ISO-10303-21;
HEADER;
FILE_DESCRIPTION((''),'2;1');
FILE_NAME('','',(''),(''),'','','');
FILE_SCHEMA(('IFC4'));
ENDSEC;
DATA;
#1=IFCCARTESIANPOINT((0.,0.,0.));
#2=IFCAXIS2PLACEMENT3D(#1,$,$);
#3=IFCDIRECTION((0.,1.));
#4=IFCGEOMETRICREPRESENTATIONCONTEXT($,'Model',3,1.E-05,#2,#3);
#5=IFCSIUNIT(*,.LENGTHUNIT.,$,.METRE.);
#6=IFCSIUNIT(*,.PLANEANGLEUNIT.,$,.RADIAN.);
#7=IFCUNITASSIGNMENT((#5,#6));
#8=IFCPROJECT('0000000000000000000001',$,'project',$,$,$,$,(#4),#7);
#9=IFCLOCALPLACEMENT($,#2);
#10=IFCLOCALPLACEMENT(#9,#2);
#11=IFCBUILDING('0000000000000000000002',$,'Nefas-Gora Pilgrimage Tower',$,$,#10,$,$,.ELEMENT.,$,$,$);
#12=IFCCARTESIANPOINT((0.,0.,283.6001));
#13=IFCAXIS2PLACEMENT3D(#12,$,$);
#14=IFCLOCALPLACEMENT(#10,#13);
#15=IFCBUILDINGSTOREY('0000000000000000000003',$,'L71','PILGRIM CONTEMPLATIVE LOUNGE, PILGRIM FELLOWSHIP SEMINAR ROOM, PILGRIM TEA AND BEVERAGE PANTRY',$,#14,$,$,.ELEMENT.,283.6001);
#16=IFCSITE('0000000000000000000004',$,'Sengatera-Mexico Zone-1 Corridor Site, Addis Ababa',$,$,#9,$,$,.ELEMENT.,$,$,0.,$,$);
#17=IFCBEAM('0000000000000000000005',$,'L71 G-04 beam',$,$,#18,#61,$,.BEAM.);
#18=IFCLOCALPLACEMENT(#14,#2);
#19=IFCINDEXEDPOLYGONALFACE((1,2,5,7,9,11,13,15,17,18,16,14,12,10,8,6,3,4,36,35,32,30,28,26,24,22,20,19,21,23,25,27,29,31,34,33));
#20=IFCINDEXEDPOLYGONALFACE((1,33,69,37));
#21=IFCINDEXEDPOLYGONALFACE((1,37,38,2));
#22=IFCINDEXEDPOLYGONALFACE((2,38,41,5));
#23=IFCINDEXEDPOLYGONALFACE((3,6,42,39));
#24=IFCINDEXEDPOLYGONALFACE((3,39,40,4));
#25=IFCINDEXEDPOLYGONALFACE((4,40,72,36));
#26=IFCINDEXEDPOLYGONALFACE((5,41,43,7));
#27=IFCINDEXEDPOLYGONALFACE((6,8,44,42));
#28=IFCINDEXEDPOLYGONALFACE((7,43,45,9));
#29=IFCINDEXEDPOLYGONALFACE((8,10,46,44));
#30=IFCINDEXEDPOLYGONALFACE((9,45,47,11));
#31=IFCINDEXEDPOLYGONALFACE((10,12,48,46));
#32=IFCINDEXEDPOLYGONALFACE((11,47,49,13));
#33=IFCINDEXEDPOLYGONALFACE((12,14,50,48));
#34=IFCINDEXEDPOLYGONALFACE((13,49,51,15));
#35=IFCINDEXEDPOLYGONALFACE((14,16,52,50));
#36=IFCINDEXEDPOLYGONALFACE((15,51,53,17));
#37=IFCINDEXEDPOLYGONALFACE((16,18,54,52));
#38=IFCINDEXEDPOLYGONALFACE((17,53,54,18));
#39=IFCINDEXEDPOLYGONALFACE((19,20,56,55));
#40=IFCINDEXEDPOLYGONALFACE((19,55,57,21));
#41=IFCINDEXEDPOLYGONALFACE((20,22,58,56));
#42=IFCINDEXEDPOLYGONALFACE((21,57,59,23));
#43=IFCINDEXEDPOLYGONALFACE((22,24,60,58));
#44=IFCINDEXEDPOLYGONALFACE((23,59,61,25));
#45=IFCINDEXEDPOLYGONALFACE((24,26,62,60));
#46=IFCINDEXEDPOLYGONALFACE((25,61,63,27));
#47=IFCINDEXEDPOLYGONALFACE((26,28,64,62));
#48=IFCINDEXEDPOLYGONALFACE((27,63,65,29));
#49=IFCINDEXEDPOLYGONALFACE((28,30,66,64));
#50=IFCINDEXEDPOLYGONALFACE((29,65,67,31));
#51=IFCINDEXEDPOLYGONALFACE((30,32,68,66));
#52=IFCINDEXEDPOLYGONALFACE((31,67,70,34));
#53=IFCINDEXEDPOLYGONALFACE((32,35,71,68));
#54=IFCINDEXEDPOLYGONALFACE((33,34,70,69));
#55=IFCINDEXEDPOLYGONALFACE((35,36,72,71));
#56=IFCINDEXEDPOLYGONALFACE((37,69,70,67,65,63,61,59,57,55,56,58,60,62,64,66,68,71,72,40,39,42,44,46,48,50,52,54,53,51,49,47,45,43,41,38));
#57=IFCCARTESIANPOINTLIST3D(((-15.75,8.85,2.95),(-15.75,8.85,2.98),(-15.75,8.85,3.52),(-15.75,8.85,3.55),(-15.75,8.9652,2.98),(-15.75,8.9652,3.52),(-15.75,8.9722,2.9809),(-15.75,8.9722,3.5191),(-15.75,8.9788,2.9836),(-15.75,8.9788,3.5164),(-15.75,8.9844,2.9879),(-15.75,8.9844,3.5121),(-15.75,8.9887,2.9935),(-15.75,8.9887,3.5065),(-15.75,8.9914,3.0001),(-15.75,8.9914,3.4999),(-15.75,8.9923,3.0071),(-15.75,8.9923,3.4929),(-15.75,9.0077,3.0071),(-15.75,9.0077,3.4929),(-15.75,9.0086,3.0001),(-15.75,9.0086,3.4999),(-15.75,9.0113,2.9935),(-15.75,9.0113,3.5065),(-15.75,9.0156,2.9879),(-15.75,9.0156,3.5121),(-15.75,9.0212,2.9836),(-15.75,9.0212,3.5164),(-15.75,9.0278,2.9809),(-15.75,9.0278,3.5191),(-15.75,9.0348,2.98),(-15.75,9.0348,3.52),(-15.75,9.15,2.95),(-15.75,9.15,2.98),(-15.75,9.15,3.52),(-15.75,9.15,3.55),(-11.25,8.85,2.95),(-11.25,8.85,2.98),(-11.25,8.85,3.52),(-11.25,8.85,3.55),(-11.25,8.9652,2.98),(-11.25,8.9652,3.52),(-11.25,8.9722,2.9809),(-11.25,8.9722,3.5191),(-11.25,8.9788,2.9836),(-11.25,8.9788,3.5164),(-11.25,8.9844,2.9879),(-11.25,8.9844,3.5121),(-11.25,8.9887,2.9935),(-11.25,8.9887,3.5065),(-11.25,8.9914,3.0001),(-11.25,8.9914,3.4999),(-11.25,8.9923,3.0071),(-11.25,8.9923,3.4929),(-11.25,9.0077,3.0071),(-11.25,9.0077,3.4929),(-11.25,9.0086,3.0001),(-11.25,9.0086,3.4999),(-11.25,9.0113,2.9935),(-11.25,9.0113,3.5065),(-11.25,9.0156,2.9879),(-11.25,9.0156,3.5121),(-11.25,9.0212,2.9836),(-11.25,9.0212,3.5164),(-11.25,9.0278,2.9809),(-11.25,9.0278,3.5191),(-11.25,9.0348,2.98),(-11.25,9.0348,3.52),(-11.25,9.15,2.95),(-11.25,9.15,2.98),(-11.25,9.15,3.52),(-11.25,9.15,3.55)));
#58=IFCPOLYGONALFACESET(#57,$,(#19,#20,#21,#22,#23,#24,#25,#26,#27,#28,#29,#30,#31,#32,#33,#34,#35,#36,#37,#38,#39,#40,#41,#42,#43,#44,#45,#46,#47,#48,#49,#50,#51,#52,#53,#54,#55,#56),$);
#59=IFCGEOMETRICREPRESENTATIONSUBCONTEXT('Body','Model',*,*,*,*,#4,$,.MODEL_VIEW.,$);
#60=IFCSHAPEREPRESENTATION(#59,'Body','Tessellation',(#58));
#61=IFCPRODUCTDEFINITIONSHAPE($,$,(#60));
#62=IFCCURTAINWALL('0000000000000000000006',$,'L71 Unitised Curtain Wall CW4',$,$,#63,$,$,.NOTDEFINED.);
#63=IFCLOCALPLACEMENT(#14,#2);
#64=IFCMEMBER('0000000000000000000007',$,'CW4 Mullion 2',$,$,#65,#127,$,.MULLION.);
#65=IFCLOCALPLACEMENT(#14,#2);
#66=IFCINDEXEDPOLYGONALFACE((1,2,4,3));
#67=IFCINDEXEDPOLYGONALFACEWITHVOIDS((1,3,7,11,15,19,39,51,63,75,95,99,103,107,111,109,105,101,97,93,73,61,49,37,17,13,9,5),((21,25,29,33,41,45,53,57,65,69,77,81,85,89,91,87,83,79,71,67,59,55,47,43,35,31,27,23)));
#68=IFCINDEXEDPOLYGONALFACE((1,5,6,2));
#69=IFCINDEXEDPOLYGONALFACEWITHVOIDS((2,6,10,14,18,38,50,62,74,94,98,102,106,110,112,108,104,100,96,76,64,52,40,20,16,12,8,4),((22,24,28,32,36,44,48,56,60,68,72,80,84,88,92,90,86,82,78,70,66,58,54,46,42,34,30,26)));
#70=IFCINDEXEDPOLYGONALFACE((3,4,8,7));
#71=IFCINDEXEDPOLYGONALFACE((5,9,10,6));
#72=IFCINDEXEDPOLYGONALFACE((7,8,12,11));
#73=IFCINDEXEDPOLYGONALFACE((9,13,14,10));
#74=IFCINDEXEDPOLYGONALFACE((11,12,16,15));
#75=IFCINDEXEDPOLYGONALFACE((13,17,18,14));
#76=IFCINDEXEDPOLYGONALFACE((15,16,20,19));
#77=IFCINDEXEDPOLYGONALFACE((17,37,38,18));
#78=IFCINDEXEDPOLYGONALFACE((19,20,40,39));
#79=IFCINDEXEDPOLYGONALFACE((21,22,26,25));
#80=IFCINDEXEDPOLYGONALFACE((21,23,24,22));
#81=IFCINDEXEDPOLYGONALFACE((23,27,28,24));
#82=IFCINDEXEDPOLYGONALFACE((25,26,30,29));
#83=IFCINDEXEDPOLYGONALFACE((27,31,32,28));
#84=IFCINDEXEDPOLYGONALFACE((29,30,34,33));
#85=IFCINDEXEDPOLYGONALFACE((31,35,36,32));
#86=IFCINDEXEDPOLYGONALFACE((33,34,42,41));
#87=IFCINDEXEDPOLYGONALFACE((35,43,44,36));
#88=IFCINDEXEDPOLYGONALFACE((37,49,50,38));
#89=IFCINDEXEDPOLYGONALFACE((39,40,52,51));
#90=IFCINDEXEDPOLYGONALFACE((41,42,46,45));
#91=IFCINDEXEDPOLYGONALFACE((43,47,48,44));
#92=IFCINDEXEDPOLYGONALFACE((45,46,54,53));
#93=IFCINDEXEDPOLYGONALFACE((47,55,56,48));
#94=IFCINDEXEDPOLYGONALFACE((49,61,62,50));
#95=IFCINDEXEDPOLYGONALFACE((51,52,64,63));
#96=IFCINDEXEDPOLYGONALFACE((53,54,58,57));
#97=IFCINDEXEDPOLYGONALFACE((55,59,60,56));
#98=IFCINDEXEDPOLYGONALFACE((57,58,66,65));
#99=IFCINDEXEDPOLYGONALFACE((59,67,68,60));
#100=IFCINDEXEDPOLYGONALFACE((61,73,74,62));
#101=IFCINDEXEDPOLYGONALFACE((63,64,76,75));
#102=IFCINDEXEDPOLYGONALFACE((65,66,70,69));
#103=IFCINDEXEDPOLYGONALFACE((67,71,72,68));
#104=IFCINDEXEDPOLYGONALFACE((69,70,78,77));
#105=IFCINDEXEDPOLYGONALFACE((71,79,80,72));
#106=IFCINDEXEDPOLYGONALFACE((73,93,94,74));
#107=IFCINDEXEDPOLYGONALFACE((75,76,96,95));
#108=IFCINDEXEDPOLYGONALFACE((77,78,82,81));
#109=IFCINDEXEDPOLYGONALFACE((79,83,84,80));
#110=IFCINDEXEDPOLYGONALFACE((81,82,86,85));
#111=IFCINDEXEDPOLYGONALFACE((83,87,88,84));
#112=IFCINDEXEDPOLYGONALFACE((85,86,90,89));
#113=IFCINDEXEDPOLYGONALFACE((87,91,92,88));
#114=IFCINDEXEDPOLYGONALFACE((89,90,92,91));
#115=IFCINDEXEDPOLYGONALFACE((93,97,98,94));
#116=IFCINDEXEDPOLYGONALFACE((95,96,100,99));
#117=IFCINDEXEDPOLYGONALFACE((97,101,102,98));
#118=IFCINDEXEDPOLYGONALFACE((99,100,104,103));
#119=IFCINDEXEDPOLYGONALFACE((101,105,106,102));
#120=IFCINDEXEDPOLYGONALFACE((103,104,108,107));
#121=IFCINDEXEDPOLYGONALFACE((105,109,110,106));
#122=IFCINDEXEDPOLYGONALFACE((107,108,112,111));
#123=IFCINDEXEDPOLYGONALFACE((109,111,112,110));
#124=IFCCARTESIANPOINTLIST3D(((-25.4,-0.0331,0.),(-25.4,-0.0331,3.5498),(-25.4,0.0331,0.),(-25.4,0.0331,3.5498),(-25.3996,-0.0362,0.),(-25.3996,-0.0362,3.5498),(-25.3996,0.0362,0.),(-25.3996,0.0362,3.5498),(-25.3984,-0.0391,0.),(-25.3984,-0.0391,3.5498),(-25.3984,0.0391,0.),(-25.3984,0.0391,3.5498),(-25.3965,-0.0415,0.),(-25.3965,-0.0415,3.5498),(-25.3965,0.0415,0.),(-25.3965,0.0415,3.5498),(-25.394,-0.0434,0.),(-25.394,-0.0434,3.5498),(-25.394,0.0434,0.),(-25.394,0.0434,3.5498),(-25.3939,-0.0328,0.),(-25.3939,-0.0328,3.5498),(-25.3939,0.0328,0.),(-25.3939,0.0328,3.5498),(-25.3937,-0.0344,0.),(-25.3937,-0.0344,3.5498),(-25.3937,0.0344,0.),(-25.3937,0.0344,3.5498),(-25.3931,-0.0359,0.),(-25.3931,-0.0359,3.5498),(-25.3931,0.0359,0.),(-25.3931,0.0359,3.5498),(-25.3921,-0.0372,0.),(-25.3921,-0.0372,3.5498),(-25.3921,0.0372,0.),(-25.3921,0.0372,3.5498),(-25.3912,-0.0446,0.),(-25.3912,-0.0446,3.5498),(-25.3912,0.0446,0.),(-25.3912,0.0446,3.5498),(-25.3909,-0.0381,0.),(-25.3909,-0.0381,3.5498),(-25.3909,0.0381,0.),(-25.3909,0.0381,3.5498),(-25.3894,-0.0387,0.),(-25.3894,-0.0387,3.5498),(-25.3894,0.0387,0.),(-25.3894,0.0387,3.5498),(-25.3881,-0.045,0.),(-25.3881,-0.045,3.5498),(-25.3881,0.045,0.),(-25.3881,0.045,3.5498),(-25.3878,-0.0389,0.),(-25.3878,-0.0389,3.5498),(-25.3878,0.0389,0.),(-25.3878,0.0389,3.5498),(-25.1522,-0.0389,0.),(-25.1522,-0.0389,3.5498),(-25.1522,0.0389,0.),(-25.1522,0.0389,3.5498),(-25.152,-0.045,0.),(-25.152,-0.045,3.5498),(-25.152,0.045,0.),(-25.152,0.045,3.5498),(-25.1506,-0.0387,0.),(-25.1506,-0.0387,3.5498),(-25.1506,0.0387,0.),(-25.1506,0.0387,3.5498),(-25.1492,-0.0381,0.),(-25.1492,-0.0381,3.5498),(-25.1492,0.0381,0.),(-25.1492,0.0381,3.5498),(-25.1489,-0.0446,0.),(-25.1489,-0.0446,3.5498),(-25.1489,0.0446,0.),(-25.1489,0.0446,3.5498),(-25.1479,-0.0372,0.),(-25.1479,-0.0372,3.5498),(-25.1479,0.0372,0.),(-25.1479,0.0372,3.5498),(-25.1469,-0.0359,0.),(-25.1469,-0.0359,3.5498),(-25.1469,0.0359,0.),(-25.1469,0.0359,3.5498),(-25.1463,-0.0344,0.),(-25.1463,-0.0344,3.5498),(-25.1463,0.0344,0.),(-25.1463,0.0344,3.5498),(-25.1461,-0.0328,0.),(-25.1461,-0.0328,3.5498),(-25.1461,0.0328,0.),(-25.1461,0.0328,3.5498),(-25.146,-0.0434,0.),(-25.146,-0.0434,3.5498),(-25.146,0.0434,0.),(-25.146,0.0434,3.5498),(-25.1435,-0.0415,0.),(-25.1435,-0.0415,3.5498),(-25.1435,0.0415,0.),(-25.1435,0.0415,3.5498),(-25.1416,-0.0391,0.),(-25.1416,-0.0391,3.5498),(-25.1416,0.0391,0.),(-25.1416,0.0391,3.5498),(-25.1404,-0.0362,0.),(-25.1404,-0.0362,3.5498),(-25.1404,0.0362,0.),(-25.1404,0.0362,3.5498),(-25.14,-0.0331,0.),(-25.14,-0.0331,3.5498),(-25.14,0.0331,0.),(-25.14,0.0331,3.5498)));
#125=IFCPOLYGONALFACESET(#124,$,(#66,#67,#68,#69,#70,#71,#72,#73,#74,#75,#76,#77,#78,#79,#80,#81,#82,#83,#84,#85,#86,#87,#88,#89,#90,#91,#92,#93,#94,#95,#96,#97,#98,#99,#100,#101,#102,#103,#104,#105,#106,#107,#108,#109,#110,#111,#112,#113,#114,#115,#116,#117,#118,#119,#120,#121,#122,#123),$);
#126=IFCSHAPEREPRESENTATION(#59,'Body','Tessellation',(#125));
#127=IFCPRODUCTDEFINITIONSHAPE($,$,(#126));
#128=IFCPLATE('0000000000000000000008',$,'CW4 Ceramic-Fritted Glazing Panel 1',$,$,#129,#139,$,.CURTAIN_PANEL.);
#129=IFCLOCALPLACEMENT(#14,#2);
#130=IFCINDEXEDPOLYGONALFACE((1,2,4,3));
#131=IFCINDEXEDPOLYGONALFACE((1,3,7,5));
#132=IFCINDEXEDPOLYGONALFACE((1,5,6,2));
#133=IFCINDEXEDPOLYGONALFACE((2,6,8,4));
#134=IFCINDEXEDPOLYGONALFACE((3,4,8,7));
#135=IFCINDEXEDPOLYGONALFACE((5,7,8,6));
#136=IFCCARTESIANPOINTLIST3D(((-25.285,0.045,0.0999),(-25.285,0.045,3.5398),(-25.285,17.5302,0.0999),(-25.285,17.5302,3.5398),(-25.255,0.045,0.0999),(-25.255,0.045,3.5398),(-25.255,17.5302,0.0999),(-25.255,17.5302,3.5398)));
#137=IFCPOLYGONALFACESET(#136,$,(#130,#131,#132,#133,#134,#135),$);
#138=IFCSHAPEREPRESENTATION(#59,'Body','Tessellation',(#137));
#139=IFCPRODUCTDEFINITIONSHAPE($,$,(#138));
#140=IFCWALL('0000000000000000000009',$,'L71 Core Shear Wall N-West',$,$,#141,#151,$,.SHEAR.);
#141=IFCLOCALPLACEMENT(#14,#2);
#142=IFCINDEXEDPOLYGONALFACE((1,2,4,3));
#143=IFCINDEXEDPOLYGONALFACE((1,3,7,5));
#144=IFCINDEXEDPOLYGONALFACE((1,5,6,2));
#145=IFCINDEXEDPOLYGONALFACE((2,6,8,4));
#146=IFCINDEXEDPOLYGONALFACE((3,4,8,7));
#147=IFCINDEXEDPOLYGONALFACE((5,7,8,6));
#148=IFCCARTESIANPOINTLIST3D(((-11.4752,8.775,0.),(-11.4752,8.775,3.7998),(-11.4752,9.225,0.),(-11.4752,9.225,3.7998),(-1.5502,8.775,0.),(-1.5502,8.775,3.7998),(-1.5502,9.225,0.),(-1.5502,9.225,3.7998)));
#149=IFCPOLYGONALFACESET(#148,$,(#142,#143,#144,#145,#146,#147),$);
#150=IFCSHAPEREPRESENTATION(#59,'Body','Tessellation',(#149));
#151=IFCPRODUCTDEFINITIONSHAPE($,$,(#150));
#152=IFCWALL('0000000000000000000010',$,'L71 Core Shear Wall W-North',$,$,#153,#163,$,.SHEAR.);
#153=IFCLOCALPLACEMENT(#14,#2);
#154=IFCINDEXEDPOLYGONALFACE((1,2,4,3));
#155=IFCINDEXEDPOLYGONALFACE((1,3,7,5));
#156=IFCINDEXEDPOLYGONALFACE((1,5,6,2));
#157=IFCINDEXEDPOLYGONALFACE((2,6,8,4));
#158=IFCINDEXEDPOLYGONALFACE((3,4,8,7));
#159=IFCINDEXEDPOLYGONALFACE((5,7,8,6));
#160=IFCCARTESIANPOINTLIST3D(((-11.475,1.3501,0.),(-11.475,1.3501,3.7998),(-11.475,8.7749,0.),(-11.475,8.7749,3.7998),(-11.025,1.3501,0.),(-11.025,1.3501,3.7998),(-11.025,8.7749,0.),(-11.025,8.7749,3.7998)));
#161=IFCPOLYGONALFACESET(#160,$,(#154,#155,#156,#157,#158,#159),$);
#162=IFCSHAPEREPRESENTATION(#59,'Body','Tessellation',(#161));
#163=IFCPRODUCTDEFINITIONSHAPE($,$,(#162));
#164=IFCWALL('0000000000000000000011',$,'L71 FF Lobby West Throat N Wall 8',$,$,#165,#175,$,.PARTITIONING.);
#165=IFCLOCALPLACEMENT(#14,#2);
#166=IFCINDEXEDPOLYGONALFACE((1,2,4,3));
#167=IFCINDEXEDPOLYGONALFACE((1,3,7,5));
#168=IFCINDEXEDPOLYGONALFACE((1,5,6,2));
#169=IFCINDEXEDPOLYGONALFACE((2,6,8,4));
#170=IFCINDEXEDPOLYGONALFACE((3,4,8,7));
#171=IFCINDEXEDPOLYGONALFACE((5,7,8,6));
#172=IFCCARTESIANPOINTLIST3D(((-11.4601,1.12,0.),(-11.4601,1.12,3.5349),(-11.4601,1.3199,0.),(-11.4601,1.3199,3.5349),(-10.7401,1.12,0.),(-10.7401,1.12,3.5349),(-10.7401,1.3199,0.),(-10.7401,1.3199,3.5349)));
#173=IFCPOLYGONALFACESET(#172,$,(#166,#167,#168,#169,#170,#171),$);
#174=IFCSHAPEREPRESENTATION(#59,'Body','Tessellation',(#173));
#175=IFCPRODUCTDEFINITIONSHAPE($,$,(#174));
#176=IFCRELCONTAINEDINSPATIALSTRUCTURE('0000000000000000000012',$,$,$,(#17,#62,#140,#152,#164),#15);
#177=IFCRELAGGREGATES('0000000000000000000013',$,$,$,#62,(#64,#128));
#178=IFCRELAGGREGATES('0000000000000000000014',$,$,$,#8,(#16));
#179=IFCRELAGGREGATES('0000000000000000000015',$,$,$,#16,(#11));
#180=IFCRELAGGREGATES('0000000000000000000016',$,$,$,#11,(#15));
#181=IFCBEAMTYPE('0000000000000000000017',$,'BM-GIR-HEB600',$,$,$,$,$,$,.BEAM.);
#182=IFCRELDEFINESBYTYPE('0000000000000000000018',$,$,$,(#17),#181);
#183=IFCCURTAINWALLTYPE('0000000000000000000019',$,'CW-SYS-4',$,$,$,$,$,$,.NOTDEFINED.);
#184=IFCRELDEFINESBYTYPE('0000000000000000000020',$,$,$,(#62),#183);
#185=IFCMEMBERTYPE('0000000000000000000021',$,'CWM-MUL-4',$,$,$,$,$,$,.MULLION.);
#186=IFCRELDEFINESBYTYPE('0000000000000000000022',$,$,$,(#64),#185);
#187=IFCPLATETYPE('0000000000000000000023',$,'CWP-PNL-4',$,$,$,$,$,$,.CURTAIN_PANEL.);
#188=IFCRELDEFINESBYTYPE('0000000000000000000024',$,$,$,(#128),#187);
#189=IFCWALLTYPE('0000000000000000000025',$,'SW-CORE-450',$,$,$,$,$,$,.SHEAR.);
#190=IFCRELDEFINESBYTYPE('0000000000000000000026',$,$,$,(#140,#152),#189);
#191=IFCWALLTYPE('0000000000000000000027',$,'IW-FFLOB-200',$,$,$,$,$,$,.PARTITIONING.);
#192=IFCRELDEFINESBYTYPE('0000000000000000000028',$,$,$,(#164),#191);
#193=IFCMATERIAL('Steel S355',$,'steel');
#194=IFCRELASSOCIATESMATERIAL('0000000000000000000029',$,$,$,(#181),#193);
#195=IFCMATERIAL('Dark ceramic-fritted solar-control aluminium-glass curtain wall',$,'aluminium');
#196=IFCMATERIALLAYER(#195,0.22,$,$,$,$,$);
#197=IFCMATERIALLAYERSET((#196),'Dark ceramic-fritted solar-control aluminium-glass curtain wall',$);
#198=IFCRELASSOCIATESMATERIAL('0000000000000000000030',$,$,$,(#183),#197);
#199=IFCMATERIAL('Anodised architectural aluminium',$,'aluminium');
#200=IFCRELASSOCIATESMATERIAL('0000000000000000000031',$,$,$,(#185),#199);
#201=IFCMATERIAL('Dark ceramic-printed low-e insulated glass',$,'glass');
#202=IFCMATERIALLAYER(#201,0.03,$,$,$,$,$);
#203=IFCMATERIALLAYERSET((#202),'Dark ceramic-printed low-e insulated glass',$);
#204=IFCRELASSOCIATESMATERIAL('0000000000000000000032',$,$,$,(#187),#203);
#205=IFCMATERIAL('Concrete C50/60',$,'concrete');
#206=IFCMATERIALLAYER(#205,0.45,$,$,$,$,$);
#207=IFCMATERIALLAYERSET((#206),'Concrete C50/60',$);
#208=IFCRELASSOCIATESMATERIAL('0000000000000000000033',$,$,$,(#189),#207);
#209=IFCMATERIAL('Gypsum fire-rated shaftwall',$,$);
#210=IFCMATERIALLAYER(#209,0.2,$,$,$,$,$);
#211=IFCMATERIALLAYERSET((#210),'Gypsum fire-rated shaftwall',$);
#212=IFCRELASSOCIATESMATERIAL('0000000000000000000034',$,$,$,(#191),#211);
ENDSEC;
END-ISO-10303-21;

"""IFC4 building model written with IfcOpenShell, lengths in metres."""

from ifc_helpers import new_model, si_unit, direction, frame, frame_2d, origin, origin_2d, place, context, subcontext, project, spatial, rectangle, hollow_rectangle, i_section, extrude, source, transform, mapped, material, layer, layer_set, material_profile, profile_set, type_object, element, aggregate, save


model = new_model("IFC4")

# Units and contexts
model_context = context("Model", 3, precision=1e-05, world=origin(), true_north=direction((0.0, 1.0)))
body_context = subcontext(model_context, "Body", "Model", "MODEL_VIEW")
ifc_project = project(units=[si_unit("LENGTHUNIT", "METRE"), si_unit("PLANEANGLEUNIT", "RADIAN")], contexts=[model_context])

# Site, building, storey
site_placement = place(None, origin())
site = spatial("IfcSite", under=ifc_project, at=site_placement, Name="Sengatera-Mexico Zone-1 Corridor Site, Addis Ababa", CompositionType="ELEMENT", RefElevation=0.0)
building_placement = place(site_placement, origin())
building = spatial("IfcBuilding", under=site, at=building_placement, Name="Nefas-Gora Pilgrimage Tower", CompositionType="ELEMENT")
storey_placement = place(building_placement, frame((0.0, 0.0, 283.6001)))
storey = spatial("IfcBuildingStorey", under=building, at=storey_placement, Name="L71", Description="PILGRIM CONTEMPLATIVE LOUNGE, PILGRIM FELLOWSHIP SEMINAR ROOM, PILGRIM TEA AND BEVERAGE PANTRY", CompositionType="ELEMENT", Elevation=283.6001)

# Shared definitions
ifc_material_1 = material(Name="Steel S355", Category="steel")

# Beam
ifc_material_profile_1 = material_profile(ifc_material_1, i_section(OverallWidth=0.3, OverallDepth=0.6001, WebThickness=0.0154, FlangeThickness=0.03, FilletRadius=0.0271, at=origin_2d()), Name="HEB 600")
ifc_profile_set_1 = profile_set([ifc_material_profile_1], Name="Steel S355")
beam_type_1 = type_object("IfcBeamType", Name="BM-GIR-HEB600", PredefinedType="BEAM", material=ifc_profile_set_1)
shared_shape_1 = source(origin(), body_context, "Body", "SweptSolid", [
    extrude(i_section(OverallWidth=0.3, OverallDepth=0.6001, WebThickness=0.0154, FlangeThickness=0.03, FilletRadius=0.0271, at=origin_2d()), origin(), (0.0, 0.0, 1.0), 4.5),
])
for number, where, z_axis, x_axis, name in (
    (1, (-15.75, 9.0, 3.25), (1.0, 0.0, 0.0), (0.0, 1.0, 0.0), "L71 G-04 beam"),
):
    element("IfcBeam", number, at=place(storey_placement, frame(where, z_axis=z_axis, x_axis=x_axis)), inside=storey, type_object=beam_type_1, Name=name, PredefinedType="BEAM", context=body_context, shape_type="MappedRepresentation", body=[
        mapped(shared_shape_1, transform((0.0, 0.0, 0.0), x_axis=(1.0, 0.0, 0.0), y_axis=(0.0, 1.0, 0.0), z_axis=(0.0, 0.0, 1.0), scale=1.0)),
    ])

# Curtain wall, member, plate
ifc_material_2 = material(Name="Dark ceramic-fritted solar-control aluminium-glass curtain wall", Category="aluminium")
ifc_layer_1 = layer(ifc_material_2, 0.22)
ifc_layer_set_1 = layer_set([ifc_layer_1], Name="Dark ceramic-fritted solar-control aluminium-glass curtain wall")
curtain_wall_type = type_object("IfcCurtainWallType", Name="CW-SYS-4", PredefinedType="NOTDEFINED", material=ifc_layer_set_1)
curtain_wall_placement = place(storey_placement, origin())
curtain_wall = element("IfcCurtainWall", 2, at=curtain_wall_placement, inside=storey, type_object=curtain_wall_type, Name="L71 Unitised Curtain Wall CW4", PredefinedType="NOTDEFINED")
ifc_material_3 = material(Name="Anodised architectural aluminium", Category="aluminium")
ifc_material_profile_2 = material_profile(ifc_material_3, hollow_rectangle(XDim=0.0901, YDim=0.26, WallThickness=0.0061, InnerFilletRadius=0.0061, OuterFilletRadius=0.012, at=origin_2d()), Name="ALU MULLION 90x260")
ifc_profile_set_2 = profile_set([ifc_material_profile_2], Name="Anodised architectural aluminium")
member_type = type_object("IfcMemberType", Name="CWM-MUL-4", PredefinedType="MULLION", material=ifc_profile_set_2)
shared_shape_2 = source(origin(), body_context, "Body", "SweptSolid", [
    extrude(hollow_rectangle(XDim=0.0901, YDim=0.26, WallThickness=0.0061, InnerFilletRadius=0.0061, OuterFilletRadius=0.012, at=origin_2d()), origin(), (0.0, 0.0, 1.0), 3.5498),
])
member_placement = place(storey_placement, frame((-25.27, 0.0, 0.0), z_axis=(0.0, 0.0, 1.0), x_axis=(0.0, -1.0, 0.0)))
member = element("IfcMember", 3, at=member_placement, type_object=member_type, Name="CW4 Mullion 2", PredefinedType="MULLION", context=body_context, shape_type="MappedRepresentation", body=[
    mapped(shared_shape_2, transform((0.0, 0.0, 0.0), x_axis=(1.0, 0.0, 0.0), y_axis=(0.0, 1.0, 0.0), z_axis=(0.0, 0.0, 1.0), scale=1.0)),
])
ifc_material_4 = material(Name="Dark ceramic-printed low-e insulated glass", Category="glass")
ifc_layer_2 = layer(ifc_material_4, 0.03)
ifc_layer_set_2 = layer_set([ifc_layer_2], Name="Dark ceramic-printed low-e insulated glass")
plate_type = type_object("IfcPlateType", Name="CWP-PNL-4", PredefinedType="CURTAIN_PANEL", material=ifc_layer_set_2)
shared_shape_3 = source(origin(), body_context, "Body", "SweptSolid", [
    extrude(rectangle(XDim=17.4851, YDim=0.03, at=origin_2d()), origin(), (0.0, 0.0, 1.0), 3.4399),
])
plate_placement = place(storey_placement, frame((-25.27, 8.7876, 0.0999), z_axis=(0.0, 0.0, 1.0), x_axis=(0.0, -1.0, 0.0)))
plate = element("IfcPlate", 4, at=plate_placement, type_object=plate_type, Name="CW4 Ceramic-Fritted Glazing Panel 1", PredefinedType="CURTAIN_PANEL", context=body_context, shape_type="MappedRepresentation", body=[
    mapped(shared_shape_3, transform((0.0, 0.0, 0.0), x_axis=(1.0, 0.0, 0.0), y_axis=(0.0, 1.0, 0.0), z_axis=(0.0, 0.0, 1.0), scale=1.0)),
])
aggregate(curtain_wall, [member, plate])

# Walls
ifc_material_5 = material(Name="Concrete C50/60", Category="concrete")
ifc_layer_3 = layer(ifc_material_5, 0.45)
ifc_layer_set_3 = layer_set([ifc_layer_3], Name="Concrete C50/60")
wall_type_1 = type_object("IfcWallType", Name="SW-CORE-450", PredefinedType="SHEAR", material=ifc_layer_set_3)
shared_shape_4 = source(origin(), body_context, "Body", "SweptSolid", [
    extrude(rectangle(XDim=9.925, YDim=0.45, at=frame_2d((4.9624, 0.0))), origin(), (0.0, 0.0, 1.0), 3.7998),
])
wall_1_placement = place(storey_placement, frame((-11.4751, 9.0, 0.0), z_axis=(0.0, 0.0, 1.0), x_axis=(1.0, 0.0, 0.0)))
element("IfcWall", 5, at=wall_1_placement, inside=storey, type_object=wall_type_1, Name="L71 Core Shear Wall N-West", PredefinedType="SHEAR", context=body_context, shape_type="MappedRepresentation", body=[
    mapped(shared_shape_4, transform((0.0, 0.0, 0.0), x_axis=(1.0, 0.0, 0.0), y_axis=(0.0, 1.0, 0.0), z_axis=(0.0, 0.0, 1.0), scale=1.0)),
])
shared_shape_5 = source(origin(), body_context, "Body", "SweptSolid", [
    extrude(rectangle(XDim=7.4248, YDim=0.45, at=frame_2d((3.7124, 0.0))), origin(), (0.0, 0.0, 1.0), 3.7998),
])
wall_2_placement = place(storey_placement, frame((-11.25, 1.3501, 0.0), z_axis=(0.0, 0.0, 1.0), x_axis=(0.0, 1.0, 0.0)))
element("IfcWall", 6, at=wall_2_placement, inside=storey, type_object=wall_type_1, Name="L71 Core Shear Wall W-North", PredefinedType="SHEAR", context=body_context, shape_type="MappedRepresentation", body=[
    mapped(shared_shape_5, transform((0.0, 0.0, 0.0), x_axis=(1.0, 0.0, 0.0), y_axis=(0.0, 1.0, 0.0), z_axis=(0.0, 0.0, 1.0), scale=1.0)),
])
ifc_material_6 = material(Name="Gypsum fire-rated shaftwall")
ifc_layer_4 = layer(ifc_material_6, 0.2)
ifc_layer_set_4 = layer_set([ifc_layer_4], Name="Gypsum fire-rated shaftwall")
wall_type_2 = type_object("IfcWallType", Name="IW-FFLOB-200", PredefinedType="PARTITIONING", material=ifc_layer_set_4)
shared_shape_6 = source(origin(), body_context, "Body", "SweptSolid", [
    extrude(rectangle(XDim=0.72, YDim=0.2, at=frame_2d((0.3599, 0.0))), origin(), (0.0, 0.0, 1.0), 3.5349),
])
wall_3_placement = place(storey_placement, frame((-11.46, 1.22, 0.0), z_axis=(0.0, 0.0, 1.0), x_axis=(1.0, 0.0, 0.0)))
element("IfcWall", 7, at=wall_3_placement, inside=storey, type_object=wall_type_2, Name="L71 FF Lobby West Throat N Wall 8", PredefinedType="PARTITIONING", context=body_context, shape_type="MappedRepresentation", body=[
    mapped(shared_shape_6, transform((0.0, 0.0, 0.0), x_axis=(1.0, 0.0, 0.0), y_axis=(0.0, 1.0, 0.0), z_axis=(0.0, 0.0, 1.0), scale=1.0)),
])

save(model, "model.ifc")
